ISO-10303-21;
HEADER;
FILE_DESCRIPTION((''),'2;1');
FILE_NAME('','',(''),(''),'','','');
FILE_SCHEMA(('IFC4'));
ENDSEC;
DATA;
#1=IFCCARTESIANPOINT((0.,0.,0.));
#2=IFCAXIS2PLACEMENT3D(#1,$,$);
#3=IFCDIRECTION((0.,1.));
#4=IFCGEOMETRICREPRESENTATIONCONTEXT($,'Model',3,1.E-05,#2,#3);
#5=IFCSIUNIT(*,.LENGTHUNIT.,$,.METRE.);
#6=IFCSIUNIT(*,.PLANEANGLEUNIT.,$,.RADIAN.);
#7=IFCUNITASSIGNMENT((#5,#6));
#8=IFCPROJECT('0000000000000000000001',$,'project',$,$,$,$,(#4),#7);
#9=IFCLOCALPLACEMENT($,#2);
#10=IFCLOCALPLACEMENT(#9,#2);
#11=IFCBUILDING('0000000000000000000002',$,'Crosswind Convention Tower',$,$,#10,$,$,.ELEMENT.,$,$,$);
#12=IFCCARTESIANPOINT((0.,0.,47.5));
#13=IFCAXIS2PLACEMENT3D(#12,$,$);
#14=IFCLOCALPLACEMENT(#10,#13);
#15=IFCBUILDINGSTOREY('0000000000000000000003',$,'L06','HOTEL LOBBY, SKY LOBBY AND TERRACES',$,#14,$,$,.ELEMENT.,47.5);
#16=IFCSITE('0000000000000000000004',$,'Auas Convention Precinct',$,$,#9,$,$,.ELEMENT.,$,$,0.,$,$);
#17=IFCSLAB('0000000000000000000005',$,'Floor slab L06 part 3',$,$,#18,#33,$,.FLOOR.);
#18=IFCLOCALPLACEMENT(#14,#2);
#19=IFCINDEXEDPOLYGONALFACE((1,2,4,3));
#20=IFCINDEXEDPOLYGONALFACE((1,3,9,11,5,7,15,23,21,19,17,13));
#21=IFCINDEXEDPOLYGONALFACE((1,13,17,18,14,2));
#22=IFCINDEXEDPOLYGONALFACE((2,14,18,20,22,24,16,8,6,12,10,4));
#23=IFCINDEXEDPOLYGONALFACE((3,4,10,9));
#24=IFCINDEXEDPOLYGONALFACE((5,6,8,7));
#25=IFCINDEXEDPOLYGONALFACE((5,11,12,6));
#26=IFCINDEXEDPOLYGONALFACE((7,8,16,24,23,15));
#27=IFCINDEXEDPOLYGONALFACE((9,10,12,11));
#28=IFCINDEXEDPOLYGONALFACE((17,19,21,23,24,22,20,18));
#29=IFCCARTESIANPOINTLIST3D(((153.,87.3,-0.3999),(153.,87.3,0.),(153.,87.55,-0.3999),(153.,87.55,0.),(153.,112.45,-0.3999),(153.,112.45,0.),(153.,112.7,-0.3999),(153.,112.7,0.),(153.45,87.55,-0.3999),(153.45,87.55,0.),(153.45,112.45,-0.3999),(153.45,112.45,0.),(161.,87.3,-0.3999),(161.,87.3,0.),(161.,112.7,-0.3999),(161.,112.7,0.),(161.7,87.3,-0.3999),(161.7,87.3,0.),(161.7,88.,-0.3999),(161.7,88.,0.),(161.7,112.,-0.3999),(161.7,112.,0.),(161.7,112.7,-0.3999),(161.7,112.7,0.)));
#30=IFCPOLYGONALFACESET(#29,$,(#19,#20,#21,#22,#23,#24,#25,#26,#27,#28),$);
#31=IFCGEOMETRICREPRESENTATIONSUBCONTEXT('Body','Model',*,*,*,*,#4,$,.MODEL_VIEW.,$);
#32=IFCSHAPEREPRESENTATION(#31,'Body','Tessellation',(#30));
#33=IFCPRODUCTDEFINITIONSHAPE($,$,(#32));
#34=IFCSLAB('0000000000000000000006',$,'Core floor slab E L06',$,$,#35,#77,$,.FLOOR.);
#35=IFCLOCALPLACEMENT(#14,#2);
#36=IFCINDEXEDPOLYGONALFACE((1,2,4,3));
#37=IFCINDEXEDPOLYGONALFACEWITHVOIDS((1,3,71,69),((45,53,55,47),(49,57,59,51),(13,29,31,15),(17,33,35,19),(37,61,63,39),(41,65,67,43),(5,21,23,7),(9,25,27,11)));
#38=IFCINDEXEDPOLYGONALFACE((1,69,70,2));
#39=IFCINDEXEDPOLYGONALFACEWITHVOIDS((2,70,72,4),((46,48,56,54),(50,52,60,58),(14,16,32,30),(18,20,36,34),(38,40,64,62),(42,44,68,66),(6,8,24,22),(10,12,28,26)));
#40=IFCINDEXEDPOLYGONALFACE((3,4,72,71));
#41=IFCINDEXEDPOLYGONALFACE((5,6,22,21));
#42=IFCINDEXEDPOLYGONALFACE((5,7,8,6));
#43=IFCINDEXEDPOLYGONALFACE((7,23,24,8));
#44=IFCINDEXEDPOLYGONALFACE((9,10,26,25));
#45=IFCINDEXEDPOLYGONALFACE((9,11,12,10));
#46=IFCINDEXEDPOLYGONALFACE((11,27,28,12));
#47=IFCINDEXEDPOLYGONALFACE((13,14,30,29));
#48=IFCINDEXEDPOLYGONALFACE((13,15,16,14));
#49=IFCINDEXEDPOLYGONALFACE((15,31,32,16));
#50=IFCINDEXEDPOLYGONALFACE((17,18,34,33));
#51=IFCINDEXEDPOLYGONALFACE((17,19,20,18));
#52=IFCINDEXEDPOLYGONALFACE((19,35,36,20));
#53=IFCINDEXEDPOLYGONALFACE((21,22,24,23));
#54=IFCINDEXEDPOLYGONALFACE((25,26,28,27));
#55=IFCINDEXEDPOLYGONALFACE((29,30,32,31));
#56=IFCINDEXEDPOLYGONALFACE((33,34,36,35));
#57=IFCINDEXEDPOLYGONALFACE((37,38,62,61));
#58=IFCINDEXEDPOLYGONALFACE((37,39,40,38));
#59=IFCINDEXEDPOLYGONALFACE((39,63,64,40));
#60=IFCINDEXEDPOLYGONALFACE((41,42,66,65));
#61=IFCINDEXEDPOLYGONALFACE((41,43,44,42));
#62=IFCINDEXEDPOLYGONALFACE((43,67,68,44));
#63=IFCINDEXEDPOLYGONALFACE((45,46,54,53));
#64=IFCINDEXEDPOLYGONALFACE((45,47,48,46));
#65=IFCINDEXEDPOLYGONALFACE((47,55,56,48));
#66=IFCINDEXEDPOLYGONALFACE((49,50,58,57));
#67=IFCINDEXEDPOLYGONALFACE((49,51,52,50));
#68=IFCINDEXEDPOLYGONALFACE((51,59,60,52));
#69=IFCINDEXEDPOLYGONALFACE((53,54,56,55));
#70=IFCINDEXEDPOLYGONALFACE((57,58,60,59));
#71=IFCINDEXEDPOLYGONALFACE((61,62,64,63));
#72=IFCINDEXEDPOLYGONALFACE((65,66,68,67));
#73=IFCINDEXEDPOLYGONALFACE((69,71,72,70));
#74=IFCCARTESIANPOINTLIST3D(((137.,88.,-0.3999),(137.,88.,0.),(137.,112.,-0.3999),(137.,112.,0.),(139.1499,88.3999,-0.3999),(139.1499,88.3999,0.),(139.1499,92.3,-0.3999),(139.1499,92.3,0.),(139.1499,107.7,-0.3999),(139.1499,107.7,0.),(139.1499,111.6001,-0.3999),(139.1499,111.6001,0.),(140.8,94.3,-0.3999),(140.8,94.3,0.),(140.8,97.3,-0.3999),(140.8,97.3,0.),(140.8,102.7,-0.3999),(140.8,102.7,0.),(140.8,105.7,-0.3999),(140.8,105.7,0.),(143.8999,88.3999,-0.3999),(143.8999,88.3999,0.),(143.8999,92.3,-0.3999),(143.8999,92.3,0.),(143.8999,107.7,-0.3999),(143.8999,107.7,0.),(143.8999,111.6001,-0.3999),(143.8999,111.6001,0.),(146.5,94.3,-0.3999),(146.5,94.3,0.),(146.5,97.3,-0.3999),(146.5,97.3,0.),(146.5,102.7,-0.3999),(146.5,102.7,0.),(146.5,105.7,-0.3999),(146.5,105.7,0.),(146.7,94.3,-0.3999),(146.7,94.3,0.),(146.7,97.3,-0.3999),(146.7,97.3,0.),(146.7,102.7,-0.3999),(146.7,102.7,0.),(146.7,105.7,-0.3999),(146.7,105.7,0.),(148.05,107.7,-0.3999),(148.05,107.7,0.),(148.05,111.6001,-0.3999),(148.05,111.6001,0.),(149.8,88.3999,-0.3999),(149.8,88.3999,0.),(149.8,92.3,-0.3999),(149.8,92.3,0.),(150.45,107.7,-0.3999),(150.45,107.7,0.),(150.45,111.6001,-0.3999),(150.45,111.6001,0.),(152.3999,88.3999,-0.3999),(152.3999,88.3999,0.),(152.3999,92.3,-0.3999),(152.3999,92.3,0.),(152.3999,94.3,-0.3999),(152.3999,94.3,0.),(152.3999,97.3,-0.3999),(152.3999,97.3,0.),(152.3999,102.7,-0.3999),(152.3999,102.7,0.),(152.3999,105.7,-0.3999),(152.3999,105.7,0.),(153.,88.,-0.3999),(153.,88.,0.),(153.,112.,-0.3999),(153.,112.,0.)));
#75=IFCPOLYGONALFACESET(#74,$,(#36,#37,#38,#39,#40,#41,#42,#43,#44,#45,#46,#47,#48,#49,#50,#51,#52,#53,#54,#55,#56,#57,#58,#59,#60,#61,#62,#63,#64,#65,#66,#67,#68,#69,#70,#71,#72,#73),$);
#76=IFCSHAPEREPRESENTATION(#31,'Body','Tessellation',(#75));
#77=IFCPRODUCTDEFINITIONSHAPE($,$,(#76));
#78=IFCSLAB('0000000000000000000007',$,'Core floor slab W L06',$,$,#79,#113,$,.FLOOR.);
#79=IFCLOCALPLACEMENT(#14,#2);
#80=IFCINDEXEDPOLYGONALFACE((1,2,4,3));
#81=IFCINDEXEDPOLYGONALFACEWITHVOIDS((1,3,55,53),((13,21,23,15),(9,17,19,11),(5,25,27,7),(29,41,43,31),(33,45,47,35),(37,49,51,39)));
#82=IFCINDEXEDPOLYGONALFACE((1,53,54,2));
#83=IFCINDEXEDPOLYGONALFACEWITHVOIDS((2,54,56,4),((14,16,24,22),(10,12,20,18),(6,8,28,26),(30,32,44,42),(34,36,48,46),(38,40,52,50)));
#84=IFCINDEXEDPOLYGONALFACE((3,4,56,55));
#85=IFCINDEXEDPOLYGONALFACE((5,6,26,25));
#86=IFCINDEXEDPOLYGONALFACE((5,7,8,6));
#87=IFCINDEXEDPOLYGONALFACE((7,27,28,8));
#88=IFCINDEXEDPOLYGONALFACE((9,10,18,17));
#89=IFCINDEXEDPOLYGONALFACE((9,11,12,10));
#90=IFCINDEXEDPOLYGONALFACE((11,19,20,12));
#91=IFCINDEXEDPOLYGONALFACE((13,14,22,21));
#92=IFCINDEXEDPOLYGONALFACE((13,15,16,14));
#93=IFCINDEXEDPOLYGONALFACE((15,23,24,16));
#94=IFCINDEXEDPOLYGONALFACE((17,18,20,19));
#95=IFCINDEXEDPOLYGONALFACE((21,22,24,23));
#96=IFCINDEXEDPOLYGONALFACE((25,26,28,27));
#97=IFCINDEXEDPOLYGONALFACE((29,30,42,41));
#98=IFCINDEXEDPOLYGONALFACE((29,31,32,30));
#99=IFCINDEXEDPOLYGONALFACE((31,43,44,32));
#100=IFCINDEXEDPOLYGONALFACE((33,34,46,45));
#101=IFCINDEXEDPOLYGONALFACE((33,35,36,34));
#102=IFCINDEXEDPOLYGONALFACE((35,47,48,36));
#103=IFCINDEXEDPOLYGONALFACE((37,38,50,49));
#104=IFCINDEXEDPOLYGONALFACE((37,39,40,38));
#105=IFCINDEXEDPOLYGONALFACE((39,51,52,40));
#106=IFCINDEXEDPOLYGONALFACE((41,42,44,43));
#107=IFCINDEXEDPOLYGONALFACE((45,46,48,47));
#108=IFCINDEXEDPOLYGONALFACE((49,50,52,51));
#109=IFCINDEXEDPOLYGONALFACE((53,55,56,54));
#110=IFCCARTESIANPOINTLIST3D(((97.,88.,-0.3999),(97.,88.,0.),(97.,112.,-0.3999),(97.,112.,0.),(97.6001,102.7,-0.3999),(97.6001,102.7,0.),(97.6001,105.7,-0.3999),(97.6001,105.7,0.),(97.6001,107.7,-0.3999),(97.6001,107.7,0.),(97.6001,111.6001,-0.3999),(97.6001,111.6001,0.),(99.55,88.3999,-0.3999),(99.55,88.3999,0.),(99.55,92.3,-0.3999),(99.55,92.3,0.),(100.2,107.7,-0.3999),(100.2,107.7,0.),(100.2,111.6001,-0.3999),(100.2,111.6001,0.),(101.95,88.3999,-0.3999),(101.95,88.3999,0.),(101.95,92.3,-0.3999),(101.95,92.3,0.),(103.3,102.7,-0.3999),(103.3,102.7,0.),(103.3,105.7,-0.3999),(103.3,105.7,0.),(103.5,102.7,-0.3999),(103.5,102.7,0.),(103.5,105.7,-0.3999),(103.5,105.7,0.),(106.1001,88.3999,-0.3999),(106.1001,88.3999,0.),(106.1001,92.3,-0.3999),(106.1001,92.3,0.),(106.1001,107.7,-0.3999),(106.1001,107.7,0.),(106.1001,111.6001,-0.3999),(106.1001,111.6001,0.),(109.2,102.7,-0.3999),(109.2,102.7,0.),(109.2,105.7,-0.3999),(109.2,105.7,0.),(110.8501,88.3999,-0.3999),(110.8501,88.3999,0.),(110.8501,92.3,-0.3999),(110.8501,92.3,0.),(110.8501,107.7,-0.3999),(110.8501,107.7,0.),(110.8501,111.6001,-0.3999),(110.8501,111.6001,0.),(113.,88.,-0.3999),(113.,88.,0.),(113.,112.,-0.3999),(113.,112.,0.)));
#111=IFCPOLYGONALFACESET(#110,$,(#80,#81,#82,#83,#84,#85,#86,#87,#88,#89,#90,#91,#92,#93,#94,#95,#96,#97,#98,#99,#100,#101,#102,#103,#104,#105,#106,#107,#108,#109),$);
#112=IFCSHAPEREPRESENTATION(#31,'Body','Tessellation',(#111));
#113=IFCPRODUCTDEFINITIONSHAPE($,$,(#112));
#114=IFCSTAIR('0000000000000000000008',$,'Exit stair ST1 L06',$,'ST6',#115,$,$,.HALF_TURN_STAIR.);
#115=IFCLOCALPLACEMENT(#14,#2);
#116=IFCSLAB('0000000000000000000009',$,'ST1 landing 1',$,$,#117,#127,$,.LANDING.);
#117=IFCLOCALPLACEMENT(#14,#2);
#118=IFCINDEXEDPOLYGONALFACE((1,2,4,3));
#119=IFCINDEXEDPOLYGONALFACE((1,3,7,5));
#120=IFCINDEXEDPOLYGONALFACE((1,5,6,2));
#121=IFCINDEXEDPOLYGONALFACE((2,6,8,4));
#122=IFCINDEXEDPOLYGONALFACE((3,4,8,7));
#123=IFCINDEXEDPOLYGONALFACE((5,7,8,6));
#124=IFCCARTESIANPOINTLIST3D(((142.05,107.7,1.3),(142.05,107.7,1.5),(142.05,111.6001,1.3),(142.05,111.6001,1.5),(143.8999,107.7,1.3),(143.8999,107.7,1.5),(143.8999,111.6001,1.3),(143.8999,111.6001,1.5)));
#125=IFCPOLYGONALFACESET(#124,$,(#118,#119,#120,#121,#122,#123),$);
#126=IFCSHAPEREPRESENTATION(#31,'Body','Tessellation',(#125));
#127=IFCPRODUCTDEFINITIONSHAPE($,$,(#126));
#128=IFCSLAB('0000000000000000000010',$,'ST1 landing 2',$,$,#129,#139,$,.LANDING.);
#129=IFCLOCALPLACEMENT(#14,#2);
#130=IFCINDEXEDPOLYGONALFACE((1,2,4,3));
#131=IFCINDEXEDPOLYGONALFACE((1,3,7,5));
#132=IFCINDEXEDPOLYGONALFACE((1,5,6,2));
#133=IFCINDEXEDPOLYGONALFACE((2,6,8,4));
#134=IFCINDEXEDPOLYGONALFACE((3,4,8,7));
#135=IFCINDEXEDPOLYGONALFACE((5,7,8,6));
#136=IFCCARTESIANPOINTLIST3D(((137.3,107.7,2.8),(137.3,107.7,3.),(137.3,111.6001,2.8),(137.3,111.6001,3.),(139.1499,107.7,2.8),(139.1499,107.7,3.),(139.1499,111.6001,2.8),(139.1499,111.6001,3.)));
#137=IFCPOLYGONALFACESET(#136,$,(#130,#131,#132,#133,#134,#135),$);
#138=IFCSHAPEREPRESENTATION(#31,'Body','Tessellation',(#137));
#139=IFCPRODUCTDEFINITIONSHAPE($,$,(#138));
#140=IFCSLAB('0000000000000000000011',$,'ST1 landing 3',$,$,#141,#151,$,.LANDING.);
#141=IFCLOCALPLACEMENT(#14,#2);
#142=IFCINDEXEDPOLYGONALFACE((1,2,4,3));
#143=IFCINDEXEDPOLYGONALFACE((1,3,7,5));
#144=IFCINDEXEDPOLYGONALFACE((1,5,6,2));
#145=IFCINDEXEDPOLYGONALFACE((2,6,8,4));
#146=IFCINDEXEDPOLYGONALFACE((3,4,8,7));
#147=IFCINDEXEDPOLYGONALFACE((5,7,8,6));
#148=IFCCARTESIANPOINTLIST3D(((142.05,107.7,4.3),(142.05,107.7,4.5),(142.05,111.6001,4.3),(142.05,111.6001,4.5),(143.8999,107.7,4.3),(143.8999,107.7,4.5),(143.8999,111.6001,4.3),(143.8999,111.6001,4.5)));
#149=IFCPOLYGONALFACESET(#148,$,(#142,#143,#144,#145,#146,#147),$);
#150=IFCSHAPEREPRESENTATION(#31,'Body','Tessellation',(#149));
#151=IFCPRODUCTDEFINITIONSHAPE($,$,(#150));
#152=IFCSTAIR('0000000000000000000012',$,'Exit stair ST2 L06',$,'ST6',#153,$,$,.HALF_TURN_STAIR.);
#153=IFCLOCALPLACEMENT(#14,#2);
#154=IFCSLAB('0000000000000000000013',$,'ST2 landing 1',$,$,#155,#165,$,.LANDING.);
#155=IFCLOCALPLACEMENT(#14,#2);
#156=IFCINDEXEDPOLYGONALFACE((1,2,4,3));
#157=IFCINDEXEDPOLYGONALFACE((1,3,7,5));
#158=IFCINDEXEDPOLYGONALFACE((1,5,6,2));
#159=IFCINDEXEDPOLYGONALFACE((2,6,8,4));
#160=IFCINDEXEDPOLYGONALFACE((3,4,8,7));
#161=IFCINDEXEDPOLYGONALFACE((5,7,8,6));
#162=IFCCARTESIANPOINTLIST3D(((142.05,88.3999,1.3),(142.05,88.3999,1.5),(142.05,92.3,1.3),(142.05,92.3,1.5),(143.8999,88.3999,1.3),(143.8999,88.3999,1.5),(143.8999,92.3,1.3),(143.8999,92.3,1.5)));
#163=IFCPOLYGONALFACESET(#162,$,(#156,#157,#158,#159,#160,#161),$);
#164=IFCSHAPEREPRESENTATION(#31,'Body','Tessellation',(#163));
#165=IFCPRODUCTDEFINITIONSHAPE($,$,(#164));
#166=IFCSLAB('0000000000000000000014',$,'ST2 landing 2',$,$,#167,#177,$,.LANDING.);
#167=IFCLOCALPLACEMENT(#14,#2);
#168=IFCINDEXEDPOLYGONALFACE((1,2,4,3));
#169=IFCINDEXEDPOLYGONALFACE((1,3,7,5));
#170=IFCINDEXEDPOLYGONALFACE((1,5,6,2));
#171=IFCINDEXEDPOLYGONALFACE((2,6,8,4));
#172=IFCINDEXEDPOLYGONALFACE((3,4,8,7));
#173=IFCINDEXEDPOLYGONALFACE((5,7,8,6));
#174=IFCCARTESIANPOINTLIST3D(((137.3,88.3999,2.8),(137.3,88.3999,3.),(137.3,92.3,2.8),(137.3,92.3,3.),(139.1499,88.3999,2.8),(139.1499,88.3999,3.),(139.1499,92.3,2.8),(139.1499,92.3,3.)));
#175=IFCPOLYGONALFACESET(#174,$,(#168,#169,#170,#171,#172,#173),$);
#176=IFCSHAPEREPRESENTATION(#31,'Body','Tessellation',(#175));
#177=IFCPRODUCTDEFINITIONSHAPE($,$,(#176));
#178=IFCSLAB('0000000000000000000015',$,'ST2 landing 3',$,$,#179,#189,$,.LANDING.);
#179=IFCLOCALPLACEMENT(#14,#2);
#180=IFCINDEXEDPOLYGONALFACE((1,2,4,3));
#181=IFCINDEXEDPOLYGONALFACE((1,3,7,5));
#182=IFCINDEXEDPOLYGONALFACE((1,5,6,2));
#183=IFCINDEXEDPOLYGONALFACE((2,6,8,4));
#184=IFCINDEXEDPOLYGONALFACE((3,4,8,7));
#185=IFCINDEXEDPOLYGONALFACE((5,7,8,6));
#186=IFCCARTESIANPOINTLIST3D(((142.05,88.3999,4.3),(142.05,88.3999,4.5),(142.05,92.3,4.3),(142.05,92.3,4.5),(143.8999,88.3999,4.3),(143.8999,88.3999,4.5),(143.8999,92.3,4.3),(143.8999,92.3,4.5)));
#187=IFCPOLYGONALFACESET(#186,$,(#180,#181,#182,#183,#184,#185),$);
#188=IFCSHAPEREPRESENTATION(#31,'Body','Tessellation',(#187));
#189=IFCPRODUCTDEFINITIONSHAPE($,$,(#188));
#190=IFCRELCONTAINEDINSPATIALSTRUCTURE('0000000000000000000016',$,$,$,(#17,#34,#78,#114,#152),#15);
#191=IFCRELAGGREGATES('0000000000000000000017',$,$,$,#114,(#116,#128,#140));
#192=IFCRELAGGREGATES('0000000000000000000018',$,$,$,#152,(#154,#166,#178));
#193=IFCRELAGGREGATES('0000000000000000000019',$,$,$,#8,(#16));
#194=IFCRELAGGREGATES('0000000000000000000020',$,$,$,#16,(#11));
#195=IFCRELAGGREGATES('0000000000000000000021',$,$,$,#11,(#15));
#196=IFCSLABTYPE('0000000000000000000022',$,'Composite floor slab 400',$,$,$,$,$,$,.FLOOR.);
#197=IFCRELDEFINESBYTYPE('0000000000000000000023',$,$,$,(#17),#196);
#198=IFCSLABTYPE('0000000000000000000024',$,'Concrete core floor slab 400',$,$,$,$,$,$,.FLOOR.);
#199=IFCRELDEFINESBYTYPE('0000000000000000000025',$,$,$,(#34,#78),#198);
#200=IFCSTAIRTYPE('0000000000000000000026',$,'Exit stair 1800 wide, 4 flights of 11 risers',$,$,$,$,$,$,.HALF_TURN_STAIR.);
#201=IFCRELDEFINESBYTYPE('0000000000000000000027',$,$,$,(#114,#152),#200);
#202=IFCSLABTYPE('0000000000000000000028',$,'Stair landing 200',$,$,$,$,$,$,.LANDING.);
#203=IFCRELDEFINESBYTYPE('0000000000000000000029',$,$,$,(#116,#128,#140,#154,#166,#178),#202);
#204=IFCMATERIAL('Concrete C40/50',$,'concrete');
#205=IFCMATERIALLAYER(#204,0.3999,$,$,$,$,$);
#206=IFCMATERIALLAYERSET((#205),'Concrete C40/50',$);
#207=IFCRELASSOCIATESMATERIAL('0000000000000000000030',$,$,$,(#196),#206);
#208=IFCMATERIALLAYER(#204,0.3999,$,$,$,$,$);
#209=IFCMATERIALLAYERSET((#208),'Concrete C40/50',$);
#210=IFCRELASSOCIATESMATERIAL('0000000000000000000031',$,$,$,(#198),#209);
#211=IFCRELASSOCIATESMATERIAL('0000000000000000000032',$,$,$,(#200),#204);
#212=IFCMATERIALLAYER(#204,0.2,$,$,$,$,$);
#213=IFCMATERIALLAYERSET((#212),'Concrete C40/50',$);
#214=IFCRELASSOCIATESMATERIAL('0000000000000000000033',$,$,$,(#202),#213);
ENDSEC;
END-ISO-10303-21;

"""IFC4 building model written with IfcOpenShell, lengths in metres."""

from ifc_helpers import new_model, si_unit, direction, frame, origin, place, context, subcontext, project, spatial, polyline, outline, extrude, material, layer, layer_set, type_object, element, aggregate, save


model = new_model("IFC4")

# Units and contexts
model_context = context("Model", 3, precision=1e-05, world=origin(), true_north=direction((0.0, 1.0)))
body_context = subcontext(model_context, "Body", "Model", "MODEL_VIEW")
ifc_project = project(units=[si_unit("LENGTHUNIT", "METRE"), si_unit("PLANEANGLEUNIT", "RADIAN")], contexts=[model_context])

# Site, building, storey
site_placement = place(None, origin())
site = spatial("IfcSite", under=ifc_project, at=site_placement, Name="Auas Convention Precinct", CompositionType="ELEMENT", RefElevation=0.0)
building_placement = place(site_placement, origin())
building = spatial("IfcBuilding", under=site, at=building_placement, Name="Crosswind Convention Tower", CompositionType="ELEMENT")
storey_placement = place(building_placement, frame((0.0, 0.0, 47.5)))
storey = spatial("IfcBuildingStorey", under=building, at=storey_placement, Name="L06", Description="HOTEL LOBBY, SKY LOBBY AND TERRACES", CompositionType="ELEMENT", Elevation=47.5)

# Slabs
ifc_material_1 = material(Name="Concrete C40/50", Category="concrete")
ifc_layer_1 = layer(ifc_material_1, 0.3999)
ifc_layer_set_1 = layer_set([ifc_layer_1], Name="Concrete C40/50")
slab_type_1 = type_object("IfcSlabType", Name="Composite floor slab 400", PredefinedType="FLOOR", material=ifc_layer_set_1)
slab_1_placement = place(storey_placement, frame((0.0, 0.0, -0.3999)))
element("IfcSlab", 1, at=slab_1_placement, inside=storey, type_object=slab_type_1, Name="Floor slab L06 part 3", PredefinedType="FLOOR", context=body_context, shape_type="SweptSolid", body=[
    extrude(outline(polyline([(153.0, 112.7), (161.0, 112.7), (161.7, 112.7), (161.7, 112.0), (161.7, 88.0), (161.7, 87.3), (161.0, 87.3), (153.0, 87.3), (153.0, 87.55), (153.45, 87.55), (153.45, 112.45), (153.0, 112.45), (153.0, 112.7)])), origin(), (0.0, 0.0, 1.0), 0.3999),
])
ifc_layer_2 = layer(ifc_material_1, 0.3999)
ifc_layer_set_2 = layer_set([ifc_layer_2], Name="Concrete C40/50")
slab_type_2 = type_object("IfcSlabType", Name="Concrete core floor slab 400", PredefinedType="FLOOR", material=ifc_layer_set_2)
slab_2_placement = place(storey_placement, frame((0.0, 0.0, -0.3999)))
element("IfcSlab", 2, at=slab_2_placement, inside=storey, type_object=slab_type_2, Name="Core floor slab E L06", PredefinedType="FLOOR", context=body_context, shape_type="SweptSolid", body=[
    extrude(outline(polyline([(137.0, 88.0), (153.0, 88.0), (153.0, 112.0), (137.0, 112.0), (137.0, 88.0)]), holes=[polyline([(146.5, 102.7), (146.5, 105.7), (140.8, 105.7), (140.8, 102.7), (146.5, 102.7)]), polyline([(152.3999, 102.7), (152.3999, 105.7), (146.7, 105.7), (146.7, 102.7), (152.3999, 102.7)]), polyline([(146.5, 94.3), (146.5, 97.3), (140.8, 97.3), (140.8, 94.3), (146.5, 94.3)]), polyline([(152.3999, 94.3), (152.3999, 97.3), (146.7, 97.3), (146.7, 94.3), (152.3999, 94.3)]), polyline([(150.45, 107.7), (150.45, 111.6001), (148.05, 111.6001), (148.05, 107.7), (150.45, 107.7)]), polyline([(152.3999, 88.3999), (152.3999, 92.3), (149.8, 92.3), (149.8, 88.3999), (152.3999, 88.3999)]), polyline([(143.8999, 107.7), (143.8999, 111.6001), (139.1499, 111.6001), (139.1499, 107.7), (143.8999, 107.7)]), polyline([(143.8999, 88.3999), (143.8999, 92.3), (139.1499, 92.3), (139.1499, 88.3999), (143.8999, 88.3999)])]), origin(), (0.0, 0.0, 1.0), 0.3999),
])
slab_3_placement = place(storey_placement, frame((0.0, 0.0, -0.3999)))
element("IfcSlab", 3, at=slab_3_placement, inside=storey, type_object=slab_type_2, Name="Core floor slab W L06", PredefinedType="FLOOR", context=body_context, shape_type="SweptSolid", body=[
    extrude(outline(polyline([(97.0, 88.0), (113.0, 88.0), (113.0, 112.0), (97.0, 112.0), (97.0, 88.0)]), holes=[polyline([(109.2, 102.7), (109.2, 105.7), (103.5, 105.7), (103.5, 102.7), (109.2, 102.7)]), polyline([(103.3, 102.7), (103.3, 105.7), (97.6001, 105.7), (97.6001, 102.7), (103.3, 102.7)]), polyline([(101.95, 88.3999), (101.95, 92.3), (99.55, 92.3), (99.55, 88.3999), (101.95, 88.3999)]), polyline([(100.2, 107.7), (100.2, 111.6001), (97.6001, 111.6001), (97.6001, 107.7), (100.2, 107.7)]), polyline([(110.8501, 88.3999), (110.8501, 92.3), (106.1001, 92.3), (106.1001, 88.3999), (110.8501, 88.3999)]), polyline([(110.8501, 107.7), (110.8501, 111.6001), (106.1001, 111.6001), (106.1001, 107.7), (110.8501, 107.7)])]), origin(), (0.0, 0.0, 1.0), 0.3999),
])

# Stairs, slabs
stair_type = type_object("IfcStairType", Name="Exit stair 1800 wide, 4 flights of 11 risers", PredefinedType="HALF_TURN_STAIR", material=ifc_material_1)
stair_1_placement = place(storey_placement, origin())
stair_1 = element("IfcStair", 4, at=stair_1_placement, inside=storey, type_object=stair_type, Name="Exit stair ST1 L06", ObjectType="ST6", PredefinedType="HALF_TURN_STAIR")
ifc_layer_3 = layer(ifc_material_1, 0.2)
ifc_layer_set_3 = layer_set([ifc_layer_3], Name="Concrete C40/50")
slab_type_3 = type_object("IfcSlabType", Name="Stair landing 200", PredefinedType="LANDING", material=ifc_layer_set_3)
slab_4_placement = place(storey_placement, frame((0.0, 0.0, 1.3)))
slab_4 = element("IfcSlab", 5, at=slab_4_placement, type_object=slab_type_3, Name="ST1 landing 1", PredefinedType="LANDING", context=body_context, shape_type="SweptSolid", body=[
    extrude(outline(polyline([(143.8999, 107.7), (143.8999, 111.6001), (142.05, 111.6001), (142.05, 107.7), (143.8999, 107.7)])), origin(), (0.0, 0.0, 1.0), 0.2),
])
slab_5_placement = place(storey_placement, frame((0.0, 0.0, 2.8)))
slab_5 = element("IfcSlab", 6, at=slab_5_placement, type_object=slab_type_3, Name="ST1 landing 2", PredefinedType="LANDING", context=body_context, shape_type="SweptSolid", body=[
    extrude(outline(polyline([(139.1499, 107.7), (139.1499, 111.6001), (137.3, 111.6001), (137.3, 107.7), (139.1499, 107.7)])), origin(), (0.0, 0.0, 1.0), 0.2),
])
slab_6_placement = place(storey_placement, frame((0.0, 0.0, 4.3)))
slab_6 = element("IfcSlab", 7, at=slab_6_placement, type_object=slab_type_3, Name="ST1 landing 3", PredefinedType="LANDING", context=body_context, shape_type="SweptSolid", body=[
    extrude(outline(polyline([(143.8999, 107.7), (143.8999, 111.6001), (142.05, 111.6001), (142.05, 107.7), (143.8999, 107.7)])), origin(), (0.0, 0.0, 1.0), 0.2),
])
aggregate(stair_1, [slab_4, slab_5, slab_6])
stair_2_placement = place(storey_placement, origin())
stair_2 = element("IfcStair", 8, at=stair_2_placement, inside=storey, type_object=stair_type, Name="Exit stair ST2 L06", ObjectType="ST6", PredefinedType="HALF_TURN_STAIR")
slab_7_placement = place(storey_placement, frame((0.0, 0.0, 1.3)))
slab_7 = element("IfcSlab", 9, at=slab_7_placement, type_object=slab_type_3, Name="ST2 landing 1", PredefinedType="LANDING", context=body_context, shape_type="SweptSolid", body=[
    extrude(outline(polyline([(143.8999, 88.3999), (143.8999, 92.3), (142.05, 92.3), (142.05, 88.3999), (143.8999, 88.3999)])), origin(), (0.0, 0.0, 1.0), 0.2),
])
slab_8_placement = place(storey_placement, frame((0.0, 0.0, 2.8)))
slab_8 = element("IfcSlab", 10, at=slab_8_placement, type_object=slab_type_3, Name="ST2 landing 2", PredefinedType="LANDING", context=body_context, shape_type="SweptSolid", body=[
    extrude(outline(polyline([(139.1499, 88.3999), (139.1499, 92.3), (137.3, 92.3), (137.3, 88.3999), (139.1499, 88.3999)])), origin(), (0.0, 0.0, 1.0), 0.2),
])
slab_9_placement = place(storey_placement, frame((0.0, 0.0, 4.3)))
slab_9 = element("IfcSlab", 11, at=slab_9_placement, type_object=slab_type_3, Name="ST2 landing 3", PredefinedType="LANDING", context=body_context, shape_type="SweptSolid", body=[
    extrude(outline(polyline([(143.8999, 88.3999), (143.8999, 92.3), (142.05, 92.3), (142.05, 88.3999), (143.8999, 88.3999)])), origin(), (0.0, 0.0, 1.0), 0.2),
])
aggregate(stair_2, [slab_7, slab_8, slab_9])

save(model, "model.ifc")
